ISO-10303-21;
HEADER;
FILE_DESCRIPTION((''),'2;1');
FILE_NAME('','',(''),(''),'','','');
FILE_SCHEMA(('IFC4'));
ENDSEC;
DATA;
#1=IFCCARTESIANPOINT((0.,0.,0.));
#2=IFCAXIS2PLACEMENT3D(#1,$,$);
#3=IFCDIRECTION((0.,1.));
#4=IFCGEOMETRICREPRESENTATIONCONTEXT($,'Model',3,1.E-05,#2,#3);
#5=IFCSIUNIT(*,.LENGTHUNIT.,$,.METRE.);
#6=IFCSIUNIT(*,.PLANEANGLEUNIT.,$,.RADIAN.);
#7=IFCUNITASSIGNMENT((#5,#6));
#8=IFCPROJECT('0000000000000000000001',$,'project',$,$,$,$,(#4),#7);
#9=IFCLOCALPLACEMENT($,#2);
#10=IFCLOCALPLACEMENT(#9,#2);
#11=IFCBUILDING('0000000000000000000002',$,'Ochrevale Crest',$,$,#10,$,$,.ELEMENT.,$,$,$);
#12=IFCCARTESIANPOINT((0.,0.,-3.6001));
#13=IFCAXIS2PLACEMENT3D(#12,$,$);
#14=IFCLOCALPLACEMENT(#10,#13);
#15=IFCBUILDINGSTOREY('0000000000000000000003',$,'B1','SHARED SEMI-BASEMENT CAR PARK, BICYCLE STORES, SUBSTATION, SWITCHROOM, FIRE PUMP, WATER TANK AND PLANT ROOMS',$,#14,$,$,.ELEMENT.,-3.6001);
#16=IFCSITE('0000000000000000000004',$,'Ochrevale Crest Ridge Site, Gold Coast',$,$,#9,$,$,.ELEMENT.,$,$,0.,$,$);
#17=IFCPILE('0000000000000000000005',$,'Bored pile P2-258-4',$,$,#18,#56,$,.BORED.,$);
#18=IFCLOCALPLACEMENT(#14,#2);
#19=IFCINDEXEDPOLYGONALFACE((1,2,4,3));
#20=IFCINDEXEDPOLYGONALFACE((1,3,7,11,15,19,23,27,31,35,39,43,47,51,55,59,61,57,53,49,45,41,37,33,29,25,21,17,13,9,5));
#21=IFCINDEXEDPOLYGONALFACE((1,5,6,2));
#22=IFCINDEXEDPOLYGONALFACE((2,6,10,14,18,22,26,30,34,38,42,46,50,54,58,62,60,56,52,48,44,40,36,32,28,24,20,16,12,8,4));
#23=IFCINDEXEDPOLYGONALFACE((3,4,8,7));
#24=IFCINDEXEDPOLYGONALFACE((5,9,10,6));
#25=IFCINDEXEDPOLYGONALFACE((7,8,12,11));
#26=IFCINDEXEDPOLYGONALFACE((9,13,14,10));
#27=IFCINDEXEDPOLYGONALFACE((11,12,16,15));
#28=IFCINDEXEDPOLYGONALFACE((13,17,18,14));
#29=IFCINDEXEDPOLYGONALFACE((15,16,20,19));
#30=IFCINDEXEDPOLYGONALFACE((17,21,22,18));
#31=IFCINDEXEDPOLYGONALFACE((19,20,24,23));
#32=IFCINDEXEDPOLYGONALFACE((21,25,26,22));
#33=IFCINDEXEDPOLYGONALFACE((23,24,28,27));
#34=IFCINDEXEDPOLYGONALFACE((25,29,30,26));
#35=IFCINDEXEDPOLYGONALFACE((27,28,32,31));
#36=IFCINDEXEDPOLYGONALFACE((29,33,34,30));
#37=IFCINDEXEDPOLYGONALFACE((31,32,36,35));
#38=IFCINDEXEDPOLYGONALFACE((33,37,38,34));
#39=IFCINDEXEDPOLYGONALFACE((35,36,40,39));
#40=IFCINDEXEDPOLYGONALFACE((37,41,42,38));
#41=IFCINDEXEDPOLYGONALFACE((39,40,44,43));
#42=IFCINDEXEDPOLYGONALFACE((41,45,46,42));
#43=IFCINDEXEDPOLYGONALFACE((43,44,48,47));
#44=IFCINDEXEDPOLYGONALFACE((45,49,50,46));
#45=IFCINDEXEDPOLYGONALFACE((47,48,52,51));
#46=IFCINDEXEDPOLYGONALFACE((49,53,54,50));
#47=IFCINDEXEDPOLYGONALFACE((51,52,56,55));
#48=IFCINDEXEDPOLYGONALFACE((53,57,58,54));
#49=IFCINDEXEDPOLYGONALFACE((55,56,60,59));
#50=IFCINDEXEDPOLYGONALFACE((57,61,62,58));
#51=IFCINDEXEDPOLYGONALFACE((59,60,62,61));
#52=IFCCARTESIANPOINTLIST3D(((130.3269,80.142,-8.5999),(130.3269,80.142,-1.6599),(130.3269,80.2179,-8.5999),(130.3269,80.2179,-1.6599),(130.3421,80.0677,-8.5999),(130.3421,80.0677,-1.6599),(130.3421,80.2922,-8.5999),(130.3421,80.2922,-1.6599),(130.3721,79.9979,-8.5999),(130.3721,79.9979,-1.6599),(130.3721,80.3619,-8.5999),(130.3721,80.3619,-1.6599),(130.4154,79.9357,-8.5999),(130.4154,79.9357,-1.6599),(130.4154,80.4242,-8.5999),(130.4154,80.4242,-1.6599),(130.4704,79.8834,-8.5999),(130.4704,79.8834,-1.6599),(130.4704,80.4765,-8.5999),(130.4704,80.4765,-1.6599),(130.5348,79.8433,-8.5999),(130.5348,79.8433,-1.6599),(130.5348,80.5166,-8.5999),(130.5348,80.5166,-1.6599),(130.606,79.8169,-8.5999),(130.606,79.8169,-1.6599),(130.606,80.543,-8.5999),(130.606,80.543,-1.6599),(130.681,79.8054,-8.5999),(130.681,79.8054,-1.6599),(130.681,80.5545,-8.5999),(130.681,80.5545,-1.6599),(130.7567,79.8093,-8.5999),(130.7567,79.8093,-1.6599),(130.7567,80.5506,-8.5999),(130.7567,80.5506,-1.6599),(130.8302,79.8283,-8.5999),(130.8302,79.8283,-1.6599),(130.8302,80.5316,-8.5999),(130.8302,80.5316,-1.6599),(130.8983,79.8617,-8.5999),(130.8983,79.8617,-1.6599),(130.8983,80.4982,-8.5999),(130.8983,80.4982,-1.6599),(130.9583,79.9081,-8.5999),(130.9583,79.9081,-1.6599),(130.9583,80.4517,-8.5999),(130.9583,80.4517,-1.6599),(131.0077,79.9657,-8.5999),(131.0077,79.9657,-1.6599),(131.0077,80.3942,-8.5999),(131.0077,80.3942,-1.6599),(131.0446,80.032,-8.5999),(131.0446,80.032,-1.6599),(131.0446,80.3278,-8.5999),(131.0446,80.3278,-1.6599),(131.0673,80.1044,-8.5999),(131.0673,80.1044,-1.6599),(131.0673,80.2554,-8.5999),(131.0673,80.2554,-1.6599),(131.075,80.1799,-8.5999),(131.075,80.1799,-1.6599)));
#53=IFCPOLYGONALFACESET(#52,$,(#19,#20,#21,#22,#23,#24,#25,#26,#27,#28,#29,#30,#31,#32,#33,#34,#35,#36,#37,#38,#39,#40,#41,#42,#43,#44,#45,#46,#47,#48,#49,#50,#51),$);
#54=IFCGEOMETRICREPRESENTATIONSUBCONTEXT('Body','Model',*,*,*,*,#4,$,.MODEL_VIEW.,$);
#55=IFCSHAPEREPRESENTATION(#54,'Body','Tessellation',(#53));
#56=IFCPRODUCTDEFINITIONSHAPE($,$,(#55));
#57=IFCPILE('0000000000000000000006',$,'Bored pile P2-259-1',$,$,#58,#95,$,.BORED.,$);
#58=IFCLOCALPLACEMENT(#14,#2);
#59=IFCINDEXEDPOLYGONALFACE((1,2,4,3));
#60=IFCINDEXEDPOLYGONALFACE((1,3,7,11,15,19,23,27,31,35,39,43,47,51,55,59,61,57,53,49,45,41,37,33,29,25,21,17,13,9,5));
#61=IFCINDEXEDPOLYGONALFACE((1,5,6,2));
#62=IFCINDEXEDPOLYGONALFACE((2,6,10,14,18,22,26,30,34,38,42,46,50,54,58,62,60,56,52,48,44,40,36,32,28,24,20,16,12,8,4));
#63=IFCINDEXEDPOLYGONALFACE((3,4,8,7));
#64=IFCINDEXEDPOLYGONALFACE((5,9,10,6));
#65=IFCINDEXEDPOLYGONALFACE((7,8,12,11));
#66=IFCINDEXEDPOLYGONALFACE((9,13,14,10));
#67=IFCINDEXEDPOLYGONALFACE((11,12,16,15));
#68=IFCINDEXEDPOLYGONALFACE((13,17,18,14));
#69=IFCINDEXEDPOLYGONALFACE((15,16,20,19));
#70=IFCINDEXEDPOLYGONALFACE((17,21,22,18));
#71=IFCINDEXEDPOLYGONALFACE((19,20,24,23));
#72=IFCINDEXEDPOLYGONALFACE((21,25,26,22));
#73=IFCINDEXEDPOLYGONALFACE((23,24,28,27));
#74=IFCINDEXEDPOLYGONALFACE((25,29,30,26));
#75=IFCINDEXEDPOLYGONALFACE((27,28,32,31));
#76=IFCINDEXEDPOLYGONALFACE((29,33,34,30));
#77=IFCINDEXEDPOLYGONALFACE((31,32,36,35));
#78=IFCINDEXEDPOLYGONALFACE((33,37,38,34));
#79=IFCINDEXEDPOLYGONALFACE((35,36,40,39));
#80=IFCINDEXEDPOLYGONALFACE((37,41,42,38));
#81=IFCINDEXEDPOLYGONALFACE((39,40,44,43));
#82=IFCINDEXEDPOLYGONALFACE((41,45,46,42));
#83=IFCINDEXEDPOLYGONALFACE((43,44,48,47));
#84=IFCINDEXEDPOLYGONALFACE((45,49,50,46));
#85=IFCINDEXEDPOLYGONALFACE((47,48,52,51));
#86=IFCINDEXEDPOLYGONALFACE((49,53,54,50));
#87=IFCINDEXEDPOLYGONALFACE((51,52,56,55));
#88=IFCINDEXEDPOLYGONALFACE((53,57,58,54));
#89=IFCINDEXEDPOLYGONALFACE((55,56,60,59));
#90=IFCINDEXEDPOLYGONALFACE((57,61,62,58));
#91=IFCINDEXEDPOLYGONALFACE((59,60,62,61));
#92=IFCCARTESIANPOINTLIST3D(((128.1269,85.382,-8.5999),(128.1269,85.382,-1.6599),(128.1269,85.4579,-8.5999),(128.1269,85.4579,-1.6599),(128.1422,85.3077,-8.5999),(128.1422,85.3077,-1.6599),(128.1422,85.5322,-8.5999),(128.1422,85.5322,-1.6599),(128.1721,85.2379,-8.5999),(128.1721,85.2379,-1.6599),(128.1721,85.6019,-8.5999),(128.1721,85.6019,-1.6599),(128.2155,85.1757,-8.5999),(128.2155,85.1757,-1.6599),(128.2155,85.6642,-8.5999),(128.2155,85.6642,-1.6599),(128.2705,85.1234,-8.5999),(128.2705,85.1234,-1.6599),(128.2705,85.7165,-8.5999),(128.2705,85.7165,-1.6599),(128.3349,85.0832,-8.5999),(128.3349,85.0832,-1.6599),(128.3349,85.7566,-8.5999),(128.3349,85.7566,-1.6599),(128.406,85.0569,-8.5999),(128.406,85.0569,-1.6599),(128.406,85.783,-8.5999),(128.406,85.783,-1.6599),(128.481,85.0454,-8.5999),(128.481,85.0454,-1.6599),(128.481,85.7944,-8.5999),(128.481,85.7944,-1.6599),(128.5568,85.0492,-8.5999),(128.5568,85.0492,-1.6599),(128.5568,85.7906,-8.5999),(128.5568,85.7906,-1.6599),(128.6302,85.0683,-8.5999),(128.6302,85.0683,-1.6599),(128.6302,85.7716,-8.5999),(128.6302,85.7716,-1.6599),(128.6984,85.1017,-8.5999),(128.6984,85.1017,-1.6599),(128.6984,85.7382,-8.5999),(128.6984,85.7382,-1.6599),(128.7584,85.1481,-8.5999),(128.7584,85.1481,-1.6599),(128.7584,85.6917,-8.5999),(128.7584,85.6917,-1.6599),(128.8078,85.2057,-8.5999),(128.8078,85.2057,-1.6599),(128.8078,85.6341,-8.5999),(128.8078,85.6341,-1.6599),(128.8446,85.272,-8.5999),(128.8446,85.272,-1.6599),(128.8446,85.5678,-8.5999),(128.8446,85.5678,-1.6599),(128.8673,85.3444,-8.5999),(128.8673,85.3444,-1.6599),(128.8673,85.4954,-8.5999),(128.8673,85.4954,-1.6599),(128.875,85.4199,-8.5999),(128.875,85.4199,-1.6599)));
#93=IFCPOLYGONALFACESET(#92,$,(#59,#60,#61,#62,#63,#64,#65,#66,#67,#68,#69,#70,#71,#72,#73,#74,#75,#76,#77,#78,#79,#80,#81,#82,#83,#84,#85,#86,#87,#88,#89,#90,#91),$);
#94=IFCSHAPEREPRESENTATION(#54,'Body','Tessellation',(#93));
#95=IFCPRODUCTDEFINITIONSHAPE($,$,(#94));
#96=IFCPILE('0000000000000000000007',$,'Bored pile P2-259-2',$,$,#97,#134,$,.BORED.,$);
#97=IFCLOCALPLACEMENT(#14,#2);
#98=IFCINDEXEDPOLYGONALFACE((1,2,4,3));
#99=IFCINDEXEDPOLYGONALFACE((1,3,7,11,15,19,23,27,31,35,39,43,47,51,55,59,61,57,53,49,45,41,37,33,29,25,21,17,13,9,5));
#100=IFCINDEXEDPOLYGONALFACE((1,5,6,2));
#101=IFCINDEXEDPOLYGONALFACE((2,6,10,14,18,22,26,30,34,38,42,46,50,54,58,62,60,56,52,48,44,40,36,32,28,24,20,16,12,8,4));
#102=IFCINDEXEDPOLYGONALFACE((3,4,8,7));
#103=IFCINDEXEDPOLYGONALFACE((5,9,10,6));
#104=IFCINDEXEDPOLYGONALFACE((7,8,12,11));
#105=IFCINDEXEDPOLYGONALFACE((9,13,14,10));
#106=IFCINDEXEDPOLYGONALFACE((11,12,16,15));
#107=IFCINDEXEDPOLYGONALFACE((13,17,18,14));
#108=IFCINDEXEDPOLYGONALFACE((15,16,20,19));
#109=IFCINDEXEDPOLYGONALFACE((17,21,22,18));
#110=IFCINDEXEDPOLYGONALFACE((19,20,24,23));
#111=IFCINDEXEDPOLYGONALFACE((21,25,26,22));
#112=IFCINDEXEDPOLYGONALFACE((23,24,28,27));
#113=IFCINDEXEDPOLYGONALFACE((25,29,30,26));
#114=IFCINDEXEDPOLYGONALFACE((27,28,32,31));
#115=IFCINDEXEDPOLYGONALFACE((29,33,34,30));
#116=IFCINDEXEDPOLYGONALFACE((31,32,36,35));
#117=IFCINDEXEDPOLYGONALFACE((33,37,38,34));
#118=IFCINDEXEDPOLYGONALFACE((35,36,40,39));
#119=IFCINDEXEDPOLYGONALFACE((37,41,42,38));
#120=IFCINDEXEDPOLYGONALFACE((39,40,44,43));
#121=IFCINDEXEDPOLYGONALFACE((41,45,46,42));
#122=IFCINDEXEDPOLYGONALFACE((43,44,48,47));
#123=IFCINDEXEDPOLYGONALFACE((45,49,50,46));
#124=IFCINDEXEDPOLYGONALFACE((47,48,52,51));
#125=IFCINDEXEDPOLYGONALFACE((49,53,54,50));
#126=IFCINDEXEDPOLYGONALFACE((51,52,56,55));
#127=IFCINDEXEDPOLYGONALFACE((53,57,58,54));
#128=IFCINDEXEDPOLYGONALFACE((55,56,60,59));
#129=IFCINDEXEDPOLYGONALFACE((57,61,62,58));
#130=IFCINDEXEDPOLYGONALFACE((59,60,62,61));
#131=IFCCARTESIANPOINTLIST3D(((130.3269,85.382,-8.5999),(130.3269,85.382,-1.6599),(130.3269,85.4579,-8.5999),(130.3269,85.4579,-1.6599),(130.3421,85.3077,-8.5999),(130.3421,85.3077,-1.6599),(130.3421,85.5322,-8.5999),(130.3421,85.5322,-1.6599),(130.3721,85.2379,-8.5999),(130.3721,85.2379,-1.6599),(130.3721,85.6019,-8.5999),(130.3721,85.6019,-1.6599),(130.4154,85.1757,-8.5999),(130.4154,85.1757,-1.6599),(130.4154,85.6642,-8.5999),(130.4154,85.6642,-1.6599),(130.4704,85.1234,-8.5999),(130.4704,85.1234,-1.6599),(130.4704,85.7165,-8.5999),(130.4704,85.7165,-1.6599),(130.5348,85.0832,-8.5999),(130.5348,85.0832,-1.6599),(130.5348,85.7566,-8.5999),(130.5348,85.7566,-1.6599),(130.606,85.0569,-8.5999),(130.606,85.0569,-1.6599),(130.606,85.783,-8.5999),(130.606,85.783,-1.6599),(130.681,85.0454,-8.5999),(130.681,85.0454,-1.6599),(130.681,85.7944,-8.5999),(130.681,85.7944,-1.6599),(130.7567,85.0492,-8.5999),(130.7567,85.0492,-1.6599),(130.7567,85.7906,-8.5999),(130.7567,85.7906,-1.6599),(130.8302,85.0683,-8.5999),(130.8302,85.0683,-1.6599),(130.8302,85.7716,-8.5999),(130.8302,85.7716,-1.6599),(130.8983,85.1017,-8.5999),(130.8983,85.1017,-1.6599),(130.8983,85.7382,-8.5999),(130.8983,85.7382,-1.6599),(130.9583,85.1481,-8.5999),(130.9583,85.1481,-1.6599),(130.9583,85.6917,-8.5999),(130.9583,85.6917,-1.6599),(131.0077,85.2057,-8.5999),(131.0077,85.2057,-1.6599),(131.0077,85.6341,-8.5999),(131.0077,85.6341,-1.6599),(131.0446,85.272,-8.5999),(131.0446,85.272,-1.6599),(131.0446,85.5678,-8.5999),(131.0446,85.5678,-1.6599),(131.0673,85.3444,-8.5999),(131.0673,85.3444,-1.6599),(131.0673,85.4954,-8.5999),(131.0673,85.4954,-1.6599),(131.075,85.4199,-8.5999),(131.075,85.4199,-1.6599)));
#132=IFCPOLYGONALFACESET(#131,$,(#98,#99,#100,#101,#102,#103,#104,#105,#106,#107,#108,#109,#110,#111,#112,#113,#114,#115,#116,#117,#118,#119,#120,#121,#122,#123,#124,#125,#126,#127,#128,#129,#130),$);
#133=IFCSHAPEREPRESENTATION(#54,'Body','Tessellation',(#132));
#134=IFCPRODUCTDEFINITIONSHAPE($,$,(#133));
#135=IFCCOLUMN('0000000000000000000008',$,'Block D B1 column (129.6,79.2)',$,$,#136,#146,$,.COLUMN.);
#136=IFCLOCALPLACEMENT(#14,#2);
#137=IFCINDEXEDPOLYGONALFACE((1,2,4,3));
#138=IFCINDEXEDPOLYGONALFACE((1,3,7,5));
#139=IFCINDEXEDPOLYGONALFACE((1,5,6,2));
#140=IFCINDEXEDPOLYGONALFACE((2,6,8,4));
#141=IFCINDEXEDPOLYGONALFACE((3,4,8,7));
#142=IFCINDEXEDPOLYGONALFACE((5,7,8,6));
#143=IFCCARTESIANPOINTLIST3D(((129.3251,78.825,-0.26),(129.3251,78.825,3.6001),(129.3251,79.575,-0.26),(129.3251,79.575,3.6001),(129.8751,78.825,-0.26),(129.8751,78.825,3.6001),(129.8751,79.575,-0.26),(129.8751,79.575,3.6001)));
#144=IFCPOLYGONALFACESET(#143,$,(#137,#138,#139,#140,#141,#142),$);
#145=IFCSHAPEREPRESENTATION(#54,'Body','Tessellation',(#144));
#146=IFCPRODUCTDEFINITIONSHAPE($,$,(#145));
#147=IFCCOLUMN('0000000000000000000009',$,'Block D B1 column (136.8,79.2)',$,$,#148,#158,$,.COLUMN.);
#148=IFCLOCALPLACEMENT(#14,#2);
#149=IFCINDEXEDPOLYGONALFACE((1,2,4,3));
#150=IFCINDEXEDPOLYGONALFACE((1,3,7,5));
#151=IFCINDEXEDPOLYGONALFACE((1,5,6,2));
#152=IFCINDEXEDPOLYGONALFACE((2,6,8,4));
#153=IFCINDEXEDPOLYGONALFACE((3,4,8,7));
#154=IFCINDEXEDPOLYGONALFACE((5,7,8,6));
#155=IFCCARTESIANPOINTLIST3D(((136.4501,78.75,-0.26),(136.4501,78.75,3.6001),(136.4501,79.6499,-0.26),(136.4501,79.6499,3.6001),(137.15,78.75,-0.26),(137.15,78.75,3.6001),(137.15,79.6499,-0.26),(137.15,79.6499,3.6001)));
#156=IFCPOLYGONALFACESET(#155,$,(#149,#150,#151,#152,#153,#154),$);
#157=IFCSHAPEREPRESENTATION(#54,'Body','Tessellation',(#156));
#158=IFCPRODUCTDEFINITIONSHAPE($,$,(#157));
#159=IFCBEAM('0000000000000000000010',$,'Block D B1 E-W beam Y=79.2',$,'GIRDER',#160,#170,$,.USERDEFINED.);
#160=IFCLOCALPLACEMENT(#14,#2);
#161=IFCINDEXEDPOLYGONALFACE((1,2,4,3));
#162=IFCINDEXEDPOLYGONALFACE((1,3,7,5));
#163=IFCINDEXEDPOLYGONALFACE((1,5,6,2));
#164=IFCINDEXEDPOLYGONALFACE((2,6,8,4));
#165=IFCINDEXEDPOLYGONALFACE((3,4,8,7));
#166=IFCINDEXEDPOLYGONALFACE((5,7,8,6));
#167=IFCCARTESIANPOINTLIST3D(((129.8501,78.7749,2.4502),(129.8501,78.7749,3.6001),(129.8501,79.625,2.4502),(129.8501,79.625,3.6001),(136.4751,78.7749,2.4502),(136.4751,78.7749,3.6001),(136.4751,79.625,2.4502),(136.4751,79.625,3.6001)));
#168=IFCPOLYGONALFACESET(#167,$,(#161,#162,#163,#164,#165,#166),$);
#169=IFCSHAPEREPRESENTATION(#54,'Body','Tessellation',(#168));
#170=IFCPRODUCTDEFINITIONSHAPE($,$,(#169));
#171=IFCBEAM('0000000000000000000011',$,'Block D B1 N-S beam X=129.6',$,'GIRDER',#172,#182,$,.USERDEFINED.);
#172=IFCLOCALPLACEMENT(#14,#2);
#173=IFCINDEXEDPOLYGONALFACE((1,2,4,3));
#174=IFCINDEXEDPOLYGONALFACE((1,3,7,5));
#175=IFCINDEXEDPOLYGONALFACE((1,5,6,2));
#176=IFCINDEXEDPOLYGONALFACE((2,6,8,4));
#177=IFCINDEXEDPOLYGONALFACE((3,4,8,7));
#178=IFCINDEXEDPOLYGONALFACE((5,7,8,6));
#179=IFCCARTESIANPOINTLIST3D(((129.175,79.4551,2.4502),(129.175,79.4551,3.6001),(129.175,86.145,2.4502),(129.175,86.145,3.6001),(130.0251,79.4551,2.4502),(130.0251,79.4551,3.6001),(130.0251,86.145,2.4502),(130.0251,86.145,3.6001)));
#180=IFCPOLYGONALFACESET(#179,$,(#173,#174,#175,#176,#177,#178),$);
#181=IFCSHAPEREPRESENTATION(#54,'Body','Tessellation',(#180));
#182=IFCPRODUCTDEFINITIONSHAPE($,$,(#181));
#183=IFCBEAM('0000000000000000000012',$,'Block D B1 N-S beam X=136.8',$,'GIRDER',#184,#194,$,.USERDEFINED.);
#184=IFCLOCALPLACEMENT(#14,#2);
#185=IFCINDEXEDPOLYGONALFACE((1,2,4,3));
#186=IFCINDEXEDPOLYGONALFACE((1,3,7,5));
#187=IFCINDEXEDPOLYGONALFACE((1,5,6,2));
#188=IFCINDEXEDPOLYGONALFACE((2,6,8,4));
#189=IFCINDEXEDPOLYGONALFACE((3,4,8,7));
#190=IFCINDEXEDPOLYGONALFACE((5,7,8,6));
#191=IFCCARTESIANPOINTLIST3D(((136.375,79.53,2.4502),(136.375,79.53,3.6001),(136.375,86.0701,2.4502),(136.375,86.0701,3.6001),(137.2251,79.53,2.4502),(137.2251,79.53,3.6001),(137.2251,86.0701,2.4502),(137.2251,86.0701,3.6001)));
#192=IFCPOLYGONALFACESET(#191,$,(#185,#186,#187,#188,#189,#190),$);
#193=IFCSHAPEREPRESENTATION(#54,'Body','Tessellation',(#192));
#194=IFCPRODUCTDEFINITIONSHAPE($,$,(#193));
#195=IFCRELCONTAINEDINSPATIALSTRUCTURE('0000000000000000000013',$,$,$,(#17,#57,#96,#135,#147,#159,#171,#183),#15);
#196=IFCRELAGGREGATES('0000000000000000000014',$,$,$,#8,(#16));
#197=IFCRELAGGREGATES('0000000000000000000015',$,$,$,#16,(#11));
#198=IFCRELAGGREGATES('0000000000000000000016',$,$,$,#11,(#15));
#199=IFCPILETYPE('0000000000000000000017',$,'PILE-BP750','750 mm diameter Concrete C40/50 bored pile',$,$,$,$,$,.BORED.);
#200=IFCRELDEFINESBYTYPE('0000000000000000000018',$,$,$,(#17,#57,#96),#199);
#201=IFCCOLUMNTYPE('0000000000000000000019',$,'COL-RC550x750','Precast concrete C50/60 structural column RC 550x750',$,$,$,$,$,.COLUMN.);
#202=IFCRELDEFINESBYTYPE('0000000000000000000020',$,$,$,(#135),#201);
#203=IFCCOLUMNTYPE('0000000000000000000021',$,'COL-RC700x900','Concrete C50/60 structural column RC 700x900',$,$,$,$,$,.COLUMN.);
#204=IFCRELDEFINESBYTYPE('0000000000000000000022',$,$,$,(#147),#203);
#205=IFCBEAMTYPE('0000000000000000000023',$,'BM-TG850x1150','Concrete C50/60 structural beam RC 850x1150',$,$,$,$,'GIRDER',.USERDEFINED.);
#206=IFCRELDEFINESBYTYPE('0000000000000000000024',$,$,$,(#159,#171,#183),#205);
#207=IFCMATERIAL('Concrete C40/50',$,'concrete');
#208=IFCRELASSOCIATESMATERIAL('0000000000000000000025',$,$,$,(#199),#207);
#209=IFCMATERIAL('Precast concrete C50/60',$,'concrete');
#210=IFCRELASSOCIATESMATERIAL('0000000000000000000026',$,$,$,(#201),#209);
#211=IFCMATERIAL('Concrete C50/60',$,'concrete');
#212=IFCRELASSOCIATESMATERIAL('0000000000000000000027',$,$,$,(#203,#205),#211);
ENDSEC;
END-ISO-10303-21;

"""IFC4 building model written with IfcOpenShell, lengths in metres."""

from ifc_helpers import new_model, si_unit, direction, frame, origin, origin_2d, place, context, subcontext, project, spatial, rectangle, circle, extrude, material, material_profile, profile_set, type_object, element, save


model = new_model("IFC4")

# Units and contexts
model_context = context("Model", 3, precision=1e-05, world=origin(), true_north=direction((0.0, 1.0)))
body_context = subcontext(model_context, "Body", "Model", "MODEL_VIEW")
ifc_project = project(units=[si_unit("LENGTHUNIT", "METRE"), si_unit("PLANEANGLEUNIT", "RADIAN")], contexts=[model_context])

# Site, building, storey
site_placement = place(None, origin())
site = spatial("IfcSite", under=ifc_project, at=site_placement, Name="Ochrevale Crest Ridge Site, Gold Coast", CompositionType="ELEMENT", RefElevation=0.0)
building_placement = place(site_placement, origin())
building = spatial("IfcBuilding", under=site, at=building_placement, Name="Ochrevale Crest", CompositionType="ELEMENT")
storey_placement = place(building_placement, frame((0.0, 0.0, -3.6001)))
storey = spatial("IfcBuildingStorey", under=building, at=storey_placement, Name="B1", Description="SHARED SEMI-BASEMENT CAR PARK, BICYCLE STORES, SUBSTATION, SWITCHROOM, FIRE PUMP, WATER TANK AND PLANT ROOMS", CompositionType="ELEMENT", Elevation=-3.6001)

# Shared definitions
ifc_material_1 = material(Name="Concrete C40/50", Category="concrete")

# Piles
ifc_material_profile_1 = material_profile(ifc_material_1, circle(Radius=0.375, at=origin_2d()), Name="BORED PILE 750")
ifc_profile_set_1 = profile_set([ifc_material_profile_1], Name="Concrete C40/50")
pile_type_1 = type_object("IfcPileType", Name="PILE-BP750", Description="750 mm diameter Concrete C40/50 bored pile", PredefinedType="BORED", material=ifc_profile_set_1)
for number, where, z_axis, x_axis, name in (
    (1, (130.7, 80.1799, -1.6599), (0.0, 0.0, -1.0), (1.0, 0.0, 0.0), "Bored pile P2-258-4"),
    (2, (128.5, 85.4199, -1.6599), (0.0, 0.0, -1.0), (1.0, 0.0, 0.0), "Bored pile P2-259-1"),
    (3, (130.7, 85.4199, -1.6599), (0.0, 0.0, -1.0), (1.0, 0.0, 0.0), "Bored pile P2-259-2"),
):
    element("IfcPile", number, at=place(storey_placement, frame(where, z_axis=z_axis, x_axis=x_axis)), inside=storey, type_object=pile_type_1, Name=name, PredefinedType="BORED", context=body_context, shape_type="SweptSolid", body=[
        extrude(circle(Radius=0.375, at=origin_2d()), origin(), (0.0, 0.0, 1.0), 6.9399),
    ])

# Columns
ifc_material_2 = material(Name="Precast concrete C50/60", Category="concrete")
ifc_material_profile_2 = material_profile(ifc_material_2, rectangle(XDim=0.55, YDim=0.75, at=origin_2d()), Name="RC 550x750")
ifc_profile_set_2 = profile_set([ifc_material_profile_2], Name="Precast concrete C50/60")
column_type_1 = type_object("IfcColumnType", Name="COL-RC550x750", Description="Precast concrete C50/60 structural column RC 550x750", PredefinedType="COLUMN", material=ifc_profile_set_2)
column_1_placement = place(storey_placement, frame((129.6001, 79.2, -0.26), z_axis=(0.0, 0.0, 1.0), x_axis=(1.0, 0.0, 0.0)))
element("IfcColumn", 4, at=column_1_placement, inside=storey, type_object=column_type_1, Name="Block D B1 column (129.6,79.2)", PredefinedType="COLUMN", context=body_context, shape_type="SweptSolid", body=[
    extrude(rectangle(XDim=0.55, YDim=0.75, at=origin_2d()), origin(), (0.0, 0.0, 1.0), 3.8601),
])
ifc_material_3 = material(Name="Concrete C50/60", Category="concrete")
ifc_material_profile_3 = material_profile(ifc_material_3, rectangle(XDim=0.7, YDim=0.8999, at=origin_2d()), Name="RC 700x900")
ifc_profile_set_3 = profile_set([ifc_material_profile_3], Name="Concrete C50/60")
column_type_2 = type_object("IfcColumnType", Name="COL-RC700x900", Description="Concrete C50/60 structural column RC 700x900", PredefinedType="COLUMN", material=ifc_profile_set_3)
column_2_placement = place(storey_placement, frame((136.8, 79.2, -0.26), z_axis=(0.0, 0.0, 1.0), x_axis=(1.0, 0.0, 0.0)))
element("IfcColumn", 5, at=column_2_placement, inside=storey, type_object=column_type_2, Name="Block D B1 column (136.8,79.2)", PredefinedType="COLUMN", context=body_context, shape_type="SweptSolid", body=[
    extrude(rectangle(XDim=0.7, YDim=0.8999, at=origin_2d()), origin(), (0.0, 0.0, 1.0), 3.8601),
])

# Beams
ifc_material_profile_4 = material_profile(ifc_material_3, rectangle(XDim=0.8501, YDim=1.1499, at=origin_2d()), Name="RC 850x1150")
ifc_profile_set_4 = profile_set([ifc_material_profile_4], Name="Concrete C50/60")
beam_type = type_object("IfcBeamType", Name="BM-TG850x1150", Description="Concrete C50/60 structural beam RC 850x1150", ElementType="GIRDER", PredefinedType="USERDEFINED", material=ifc_profile_set_4)
beam_1_placement = place(storey_placement, frame((129.8501, 79.2, 3.0251), z_axis=(1.0, 0.0, 0.0), x_axis=(0.0, 1.0, 0.0)))
element("IfcBeam", 6, at=beam_1_placement, inside=storey, type_object=beam_type, Name="Block D B1 E-W beam Y=79.2", ObjectType="GIRDER", PredefinedType="USERDEFINED", context=body_context, shape_type="SweptSolid", body=[
    extrude(rectangle(XDim=0.8501, YDim=1.1499, at=origin_2d()), origin(), (0.0, 0.0, 1.0), 6.625),
])
beam_2_placement = place(storey_placement, frame((129.6001, 79.4551, 3.0251), z_axis=(0.0, 1.0, 0.0), x_axis=(-1.0, 0.0, 0.0)))
element("IfcBeam", 7, at=beam_2_placement, inside=storey, type_object=beam_type, Name="Block D B1 N-S beam X=129.6", ObjectType="GIRDER", PredefinedType="USERDEFINED", context=body_context, shape_type="SweptSolid", body=[
    extrude(rectangle(XDim=0.8501, YDim=1.1499, at=origin_2d()), origin(), (0.0, 0.0, 1.0), 6.6899),
])
beam_3_placement = place(storey_placement, frame((136.8, 79.53, 3.0251), z_axis=(0.0, 1.0, 0.0), x_axis=(-1.0, 0.0, 0.0)))
element("IfcBeam", 8, at=beam_3_placement, inside=storey, type_object=beam_type, Name="Block D B1 N-S beam X=136.8", ObjectType="GIRDER", PredefinedType="USERDEFINED", context=body_context, shape_type="SweptSolid", body=[
    extrude(rectangle(XDim=0.8501, YDim=1.1499, at=origin_2d()), origin(), (0.0, 0.0, 1.0), 6.54),
])

save(model, "model.ifc")
